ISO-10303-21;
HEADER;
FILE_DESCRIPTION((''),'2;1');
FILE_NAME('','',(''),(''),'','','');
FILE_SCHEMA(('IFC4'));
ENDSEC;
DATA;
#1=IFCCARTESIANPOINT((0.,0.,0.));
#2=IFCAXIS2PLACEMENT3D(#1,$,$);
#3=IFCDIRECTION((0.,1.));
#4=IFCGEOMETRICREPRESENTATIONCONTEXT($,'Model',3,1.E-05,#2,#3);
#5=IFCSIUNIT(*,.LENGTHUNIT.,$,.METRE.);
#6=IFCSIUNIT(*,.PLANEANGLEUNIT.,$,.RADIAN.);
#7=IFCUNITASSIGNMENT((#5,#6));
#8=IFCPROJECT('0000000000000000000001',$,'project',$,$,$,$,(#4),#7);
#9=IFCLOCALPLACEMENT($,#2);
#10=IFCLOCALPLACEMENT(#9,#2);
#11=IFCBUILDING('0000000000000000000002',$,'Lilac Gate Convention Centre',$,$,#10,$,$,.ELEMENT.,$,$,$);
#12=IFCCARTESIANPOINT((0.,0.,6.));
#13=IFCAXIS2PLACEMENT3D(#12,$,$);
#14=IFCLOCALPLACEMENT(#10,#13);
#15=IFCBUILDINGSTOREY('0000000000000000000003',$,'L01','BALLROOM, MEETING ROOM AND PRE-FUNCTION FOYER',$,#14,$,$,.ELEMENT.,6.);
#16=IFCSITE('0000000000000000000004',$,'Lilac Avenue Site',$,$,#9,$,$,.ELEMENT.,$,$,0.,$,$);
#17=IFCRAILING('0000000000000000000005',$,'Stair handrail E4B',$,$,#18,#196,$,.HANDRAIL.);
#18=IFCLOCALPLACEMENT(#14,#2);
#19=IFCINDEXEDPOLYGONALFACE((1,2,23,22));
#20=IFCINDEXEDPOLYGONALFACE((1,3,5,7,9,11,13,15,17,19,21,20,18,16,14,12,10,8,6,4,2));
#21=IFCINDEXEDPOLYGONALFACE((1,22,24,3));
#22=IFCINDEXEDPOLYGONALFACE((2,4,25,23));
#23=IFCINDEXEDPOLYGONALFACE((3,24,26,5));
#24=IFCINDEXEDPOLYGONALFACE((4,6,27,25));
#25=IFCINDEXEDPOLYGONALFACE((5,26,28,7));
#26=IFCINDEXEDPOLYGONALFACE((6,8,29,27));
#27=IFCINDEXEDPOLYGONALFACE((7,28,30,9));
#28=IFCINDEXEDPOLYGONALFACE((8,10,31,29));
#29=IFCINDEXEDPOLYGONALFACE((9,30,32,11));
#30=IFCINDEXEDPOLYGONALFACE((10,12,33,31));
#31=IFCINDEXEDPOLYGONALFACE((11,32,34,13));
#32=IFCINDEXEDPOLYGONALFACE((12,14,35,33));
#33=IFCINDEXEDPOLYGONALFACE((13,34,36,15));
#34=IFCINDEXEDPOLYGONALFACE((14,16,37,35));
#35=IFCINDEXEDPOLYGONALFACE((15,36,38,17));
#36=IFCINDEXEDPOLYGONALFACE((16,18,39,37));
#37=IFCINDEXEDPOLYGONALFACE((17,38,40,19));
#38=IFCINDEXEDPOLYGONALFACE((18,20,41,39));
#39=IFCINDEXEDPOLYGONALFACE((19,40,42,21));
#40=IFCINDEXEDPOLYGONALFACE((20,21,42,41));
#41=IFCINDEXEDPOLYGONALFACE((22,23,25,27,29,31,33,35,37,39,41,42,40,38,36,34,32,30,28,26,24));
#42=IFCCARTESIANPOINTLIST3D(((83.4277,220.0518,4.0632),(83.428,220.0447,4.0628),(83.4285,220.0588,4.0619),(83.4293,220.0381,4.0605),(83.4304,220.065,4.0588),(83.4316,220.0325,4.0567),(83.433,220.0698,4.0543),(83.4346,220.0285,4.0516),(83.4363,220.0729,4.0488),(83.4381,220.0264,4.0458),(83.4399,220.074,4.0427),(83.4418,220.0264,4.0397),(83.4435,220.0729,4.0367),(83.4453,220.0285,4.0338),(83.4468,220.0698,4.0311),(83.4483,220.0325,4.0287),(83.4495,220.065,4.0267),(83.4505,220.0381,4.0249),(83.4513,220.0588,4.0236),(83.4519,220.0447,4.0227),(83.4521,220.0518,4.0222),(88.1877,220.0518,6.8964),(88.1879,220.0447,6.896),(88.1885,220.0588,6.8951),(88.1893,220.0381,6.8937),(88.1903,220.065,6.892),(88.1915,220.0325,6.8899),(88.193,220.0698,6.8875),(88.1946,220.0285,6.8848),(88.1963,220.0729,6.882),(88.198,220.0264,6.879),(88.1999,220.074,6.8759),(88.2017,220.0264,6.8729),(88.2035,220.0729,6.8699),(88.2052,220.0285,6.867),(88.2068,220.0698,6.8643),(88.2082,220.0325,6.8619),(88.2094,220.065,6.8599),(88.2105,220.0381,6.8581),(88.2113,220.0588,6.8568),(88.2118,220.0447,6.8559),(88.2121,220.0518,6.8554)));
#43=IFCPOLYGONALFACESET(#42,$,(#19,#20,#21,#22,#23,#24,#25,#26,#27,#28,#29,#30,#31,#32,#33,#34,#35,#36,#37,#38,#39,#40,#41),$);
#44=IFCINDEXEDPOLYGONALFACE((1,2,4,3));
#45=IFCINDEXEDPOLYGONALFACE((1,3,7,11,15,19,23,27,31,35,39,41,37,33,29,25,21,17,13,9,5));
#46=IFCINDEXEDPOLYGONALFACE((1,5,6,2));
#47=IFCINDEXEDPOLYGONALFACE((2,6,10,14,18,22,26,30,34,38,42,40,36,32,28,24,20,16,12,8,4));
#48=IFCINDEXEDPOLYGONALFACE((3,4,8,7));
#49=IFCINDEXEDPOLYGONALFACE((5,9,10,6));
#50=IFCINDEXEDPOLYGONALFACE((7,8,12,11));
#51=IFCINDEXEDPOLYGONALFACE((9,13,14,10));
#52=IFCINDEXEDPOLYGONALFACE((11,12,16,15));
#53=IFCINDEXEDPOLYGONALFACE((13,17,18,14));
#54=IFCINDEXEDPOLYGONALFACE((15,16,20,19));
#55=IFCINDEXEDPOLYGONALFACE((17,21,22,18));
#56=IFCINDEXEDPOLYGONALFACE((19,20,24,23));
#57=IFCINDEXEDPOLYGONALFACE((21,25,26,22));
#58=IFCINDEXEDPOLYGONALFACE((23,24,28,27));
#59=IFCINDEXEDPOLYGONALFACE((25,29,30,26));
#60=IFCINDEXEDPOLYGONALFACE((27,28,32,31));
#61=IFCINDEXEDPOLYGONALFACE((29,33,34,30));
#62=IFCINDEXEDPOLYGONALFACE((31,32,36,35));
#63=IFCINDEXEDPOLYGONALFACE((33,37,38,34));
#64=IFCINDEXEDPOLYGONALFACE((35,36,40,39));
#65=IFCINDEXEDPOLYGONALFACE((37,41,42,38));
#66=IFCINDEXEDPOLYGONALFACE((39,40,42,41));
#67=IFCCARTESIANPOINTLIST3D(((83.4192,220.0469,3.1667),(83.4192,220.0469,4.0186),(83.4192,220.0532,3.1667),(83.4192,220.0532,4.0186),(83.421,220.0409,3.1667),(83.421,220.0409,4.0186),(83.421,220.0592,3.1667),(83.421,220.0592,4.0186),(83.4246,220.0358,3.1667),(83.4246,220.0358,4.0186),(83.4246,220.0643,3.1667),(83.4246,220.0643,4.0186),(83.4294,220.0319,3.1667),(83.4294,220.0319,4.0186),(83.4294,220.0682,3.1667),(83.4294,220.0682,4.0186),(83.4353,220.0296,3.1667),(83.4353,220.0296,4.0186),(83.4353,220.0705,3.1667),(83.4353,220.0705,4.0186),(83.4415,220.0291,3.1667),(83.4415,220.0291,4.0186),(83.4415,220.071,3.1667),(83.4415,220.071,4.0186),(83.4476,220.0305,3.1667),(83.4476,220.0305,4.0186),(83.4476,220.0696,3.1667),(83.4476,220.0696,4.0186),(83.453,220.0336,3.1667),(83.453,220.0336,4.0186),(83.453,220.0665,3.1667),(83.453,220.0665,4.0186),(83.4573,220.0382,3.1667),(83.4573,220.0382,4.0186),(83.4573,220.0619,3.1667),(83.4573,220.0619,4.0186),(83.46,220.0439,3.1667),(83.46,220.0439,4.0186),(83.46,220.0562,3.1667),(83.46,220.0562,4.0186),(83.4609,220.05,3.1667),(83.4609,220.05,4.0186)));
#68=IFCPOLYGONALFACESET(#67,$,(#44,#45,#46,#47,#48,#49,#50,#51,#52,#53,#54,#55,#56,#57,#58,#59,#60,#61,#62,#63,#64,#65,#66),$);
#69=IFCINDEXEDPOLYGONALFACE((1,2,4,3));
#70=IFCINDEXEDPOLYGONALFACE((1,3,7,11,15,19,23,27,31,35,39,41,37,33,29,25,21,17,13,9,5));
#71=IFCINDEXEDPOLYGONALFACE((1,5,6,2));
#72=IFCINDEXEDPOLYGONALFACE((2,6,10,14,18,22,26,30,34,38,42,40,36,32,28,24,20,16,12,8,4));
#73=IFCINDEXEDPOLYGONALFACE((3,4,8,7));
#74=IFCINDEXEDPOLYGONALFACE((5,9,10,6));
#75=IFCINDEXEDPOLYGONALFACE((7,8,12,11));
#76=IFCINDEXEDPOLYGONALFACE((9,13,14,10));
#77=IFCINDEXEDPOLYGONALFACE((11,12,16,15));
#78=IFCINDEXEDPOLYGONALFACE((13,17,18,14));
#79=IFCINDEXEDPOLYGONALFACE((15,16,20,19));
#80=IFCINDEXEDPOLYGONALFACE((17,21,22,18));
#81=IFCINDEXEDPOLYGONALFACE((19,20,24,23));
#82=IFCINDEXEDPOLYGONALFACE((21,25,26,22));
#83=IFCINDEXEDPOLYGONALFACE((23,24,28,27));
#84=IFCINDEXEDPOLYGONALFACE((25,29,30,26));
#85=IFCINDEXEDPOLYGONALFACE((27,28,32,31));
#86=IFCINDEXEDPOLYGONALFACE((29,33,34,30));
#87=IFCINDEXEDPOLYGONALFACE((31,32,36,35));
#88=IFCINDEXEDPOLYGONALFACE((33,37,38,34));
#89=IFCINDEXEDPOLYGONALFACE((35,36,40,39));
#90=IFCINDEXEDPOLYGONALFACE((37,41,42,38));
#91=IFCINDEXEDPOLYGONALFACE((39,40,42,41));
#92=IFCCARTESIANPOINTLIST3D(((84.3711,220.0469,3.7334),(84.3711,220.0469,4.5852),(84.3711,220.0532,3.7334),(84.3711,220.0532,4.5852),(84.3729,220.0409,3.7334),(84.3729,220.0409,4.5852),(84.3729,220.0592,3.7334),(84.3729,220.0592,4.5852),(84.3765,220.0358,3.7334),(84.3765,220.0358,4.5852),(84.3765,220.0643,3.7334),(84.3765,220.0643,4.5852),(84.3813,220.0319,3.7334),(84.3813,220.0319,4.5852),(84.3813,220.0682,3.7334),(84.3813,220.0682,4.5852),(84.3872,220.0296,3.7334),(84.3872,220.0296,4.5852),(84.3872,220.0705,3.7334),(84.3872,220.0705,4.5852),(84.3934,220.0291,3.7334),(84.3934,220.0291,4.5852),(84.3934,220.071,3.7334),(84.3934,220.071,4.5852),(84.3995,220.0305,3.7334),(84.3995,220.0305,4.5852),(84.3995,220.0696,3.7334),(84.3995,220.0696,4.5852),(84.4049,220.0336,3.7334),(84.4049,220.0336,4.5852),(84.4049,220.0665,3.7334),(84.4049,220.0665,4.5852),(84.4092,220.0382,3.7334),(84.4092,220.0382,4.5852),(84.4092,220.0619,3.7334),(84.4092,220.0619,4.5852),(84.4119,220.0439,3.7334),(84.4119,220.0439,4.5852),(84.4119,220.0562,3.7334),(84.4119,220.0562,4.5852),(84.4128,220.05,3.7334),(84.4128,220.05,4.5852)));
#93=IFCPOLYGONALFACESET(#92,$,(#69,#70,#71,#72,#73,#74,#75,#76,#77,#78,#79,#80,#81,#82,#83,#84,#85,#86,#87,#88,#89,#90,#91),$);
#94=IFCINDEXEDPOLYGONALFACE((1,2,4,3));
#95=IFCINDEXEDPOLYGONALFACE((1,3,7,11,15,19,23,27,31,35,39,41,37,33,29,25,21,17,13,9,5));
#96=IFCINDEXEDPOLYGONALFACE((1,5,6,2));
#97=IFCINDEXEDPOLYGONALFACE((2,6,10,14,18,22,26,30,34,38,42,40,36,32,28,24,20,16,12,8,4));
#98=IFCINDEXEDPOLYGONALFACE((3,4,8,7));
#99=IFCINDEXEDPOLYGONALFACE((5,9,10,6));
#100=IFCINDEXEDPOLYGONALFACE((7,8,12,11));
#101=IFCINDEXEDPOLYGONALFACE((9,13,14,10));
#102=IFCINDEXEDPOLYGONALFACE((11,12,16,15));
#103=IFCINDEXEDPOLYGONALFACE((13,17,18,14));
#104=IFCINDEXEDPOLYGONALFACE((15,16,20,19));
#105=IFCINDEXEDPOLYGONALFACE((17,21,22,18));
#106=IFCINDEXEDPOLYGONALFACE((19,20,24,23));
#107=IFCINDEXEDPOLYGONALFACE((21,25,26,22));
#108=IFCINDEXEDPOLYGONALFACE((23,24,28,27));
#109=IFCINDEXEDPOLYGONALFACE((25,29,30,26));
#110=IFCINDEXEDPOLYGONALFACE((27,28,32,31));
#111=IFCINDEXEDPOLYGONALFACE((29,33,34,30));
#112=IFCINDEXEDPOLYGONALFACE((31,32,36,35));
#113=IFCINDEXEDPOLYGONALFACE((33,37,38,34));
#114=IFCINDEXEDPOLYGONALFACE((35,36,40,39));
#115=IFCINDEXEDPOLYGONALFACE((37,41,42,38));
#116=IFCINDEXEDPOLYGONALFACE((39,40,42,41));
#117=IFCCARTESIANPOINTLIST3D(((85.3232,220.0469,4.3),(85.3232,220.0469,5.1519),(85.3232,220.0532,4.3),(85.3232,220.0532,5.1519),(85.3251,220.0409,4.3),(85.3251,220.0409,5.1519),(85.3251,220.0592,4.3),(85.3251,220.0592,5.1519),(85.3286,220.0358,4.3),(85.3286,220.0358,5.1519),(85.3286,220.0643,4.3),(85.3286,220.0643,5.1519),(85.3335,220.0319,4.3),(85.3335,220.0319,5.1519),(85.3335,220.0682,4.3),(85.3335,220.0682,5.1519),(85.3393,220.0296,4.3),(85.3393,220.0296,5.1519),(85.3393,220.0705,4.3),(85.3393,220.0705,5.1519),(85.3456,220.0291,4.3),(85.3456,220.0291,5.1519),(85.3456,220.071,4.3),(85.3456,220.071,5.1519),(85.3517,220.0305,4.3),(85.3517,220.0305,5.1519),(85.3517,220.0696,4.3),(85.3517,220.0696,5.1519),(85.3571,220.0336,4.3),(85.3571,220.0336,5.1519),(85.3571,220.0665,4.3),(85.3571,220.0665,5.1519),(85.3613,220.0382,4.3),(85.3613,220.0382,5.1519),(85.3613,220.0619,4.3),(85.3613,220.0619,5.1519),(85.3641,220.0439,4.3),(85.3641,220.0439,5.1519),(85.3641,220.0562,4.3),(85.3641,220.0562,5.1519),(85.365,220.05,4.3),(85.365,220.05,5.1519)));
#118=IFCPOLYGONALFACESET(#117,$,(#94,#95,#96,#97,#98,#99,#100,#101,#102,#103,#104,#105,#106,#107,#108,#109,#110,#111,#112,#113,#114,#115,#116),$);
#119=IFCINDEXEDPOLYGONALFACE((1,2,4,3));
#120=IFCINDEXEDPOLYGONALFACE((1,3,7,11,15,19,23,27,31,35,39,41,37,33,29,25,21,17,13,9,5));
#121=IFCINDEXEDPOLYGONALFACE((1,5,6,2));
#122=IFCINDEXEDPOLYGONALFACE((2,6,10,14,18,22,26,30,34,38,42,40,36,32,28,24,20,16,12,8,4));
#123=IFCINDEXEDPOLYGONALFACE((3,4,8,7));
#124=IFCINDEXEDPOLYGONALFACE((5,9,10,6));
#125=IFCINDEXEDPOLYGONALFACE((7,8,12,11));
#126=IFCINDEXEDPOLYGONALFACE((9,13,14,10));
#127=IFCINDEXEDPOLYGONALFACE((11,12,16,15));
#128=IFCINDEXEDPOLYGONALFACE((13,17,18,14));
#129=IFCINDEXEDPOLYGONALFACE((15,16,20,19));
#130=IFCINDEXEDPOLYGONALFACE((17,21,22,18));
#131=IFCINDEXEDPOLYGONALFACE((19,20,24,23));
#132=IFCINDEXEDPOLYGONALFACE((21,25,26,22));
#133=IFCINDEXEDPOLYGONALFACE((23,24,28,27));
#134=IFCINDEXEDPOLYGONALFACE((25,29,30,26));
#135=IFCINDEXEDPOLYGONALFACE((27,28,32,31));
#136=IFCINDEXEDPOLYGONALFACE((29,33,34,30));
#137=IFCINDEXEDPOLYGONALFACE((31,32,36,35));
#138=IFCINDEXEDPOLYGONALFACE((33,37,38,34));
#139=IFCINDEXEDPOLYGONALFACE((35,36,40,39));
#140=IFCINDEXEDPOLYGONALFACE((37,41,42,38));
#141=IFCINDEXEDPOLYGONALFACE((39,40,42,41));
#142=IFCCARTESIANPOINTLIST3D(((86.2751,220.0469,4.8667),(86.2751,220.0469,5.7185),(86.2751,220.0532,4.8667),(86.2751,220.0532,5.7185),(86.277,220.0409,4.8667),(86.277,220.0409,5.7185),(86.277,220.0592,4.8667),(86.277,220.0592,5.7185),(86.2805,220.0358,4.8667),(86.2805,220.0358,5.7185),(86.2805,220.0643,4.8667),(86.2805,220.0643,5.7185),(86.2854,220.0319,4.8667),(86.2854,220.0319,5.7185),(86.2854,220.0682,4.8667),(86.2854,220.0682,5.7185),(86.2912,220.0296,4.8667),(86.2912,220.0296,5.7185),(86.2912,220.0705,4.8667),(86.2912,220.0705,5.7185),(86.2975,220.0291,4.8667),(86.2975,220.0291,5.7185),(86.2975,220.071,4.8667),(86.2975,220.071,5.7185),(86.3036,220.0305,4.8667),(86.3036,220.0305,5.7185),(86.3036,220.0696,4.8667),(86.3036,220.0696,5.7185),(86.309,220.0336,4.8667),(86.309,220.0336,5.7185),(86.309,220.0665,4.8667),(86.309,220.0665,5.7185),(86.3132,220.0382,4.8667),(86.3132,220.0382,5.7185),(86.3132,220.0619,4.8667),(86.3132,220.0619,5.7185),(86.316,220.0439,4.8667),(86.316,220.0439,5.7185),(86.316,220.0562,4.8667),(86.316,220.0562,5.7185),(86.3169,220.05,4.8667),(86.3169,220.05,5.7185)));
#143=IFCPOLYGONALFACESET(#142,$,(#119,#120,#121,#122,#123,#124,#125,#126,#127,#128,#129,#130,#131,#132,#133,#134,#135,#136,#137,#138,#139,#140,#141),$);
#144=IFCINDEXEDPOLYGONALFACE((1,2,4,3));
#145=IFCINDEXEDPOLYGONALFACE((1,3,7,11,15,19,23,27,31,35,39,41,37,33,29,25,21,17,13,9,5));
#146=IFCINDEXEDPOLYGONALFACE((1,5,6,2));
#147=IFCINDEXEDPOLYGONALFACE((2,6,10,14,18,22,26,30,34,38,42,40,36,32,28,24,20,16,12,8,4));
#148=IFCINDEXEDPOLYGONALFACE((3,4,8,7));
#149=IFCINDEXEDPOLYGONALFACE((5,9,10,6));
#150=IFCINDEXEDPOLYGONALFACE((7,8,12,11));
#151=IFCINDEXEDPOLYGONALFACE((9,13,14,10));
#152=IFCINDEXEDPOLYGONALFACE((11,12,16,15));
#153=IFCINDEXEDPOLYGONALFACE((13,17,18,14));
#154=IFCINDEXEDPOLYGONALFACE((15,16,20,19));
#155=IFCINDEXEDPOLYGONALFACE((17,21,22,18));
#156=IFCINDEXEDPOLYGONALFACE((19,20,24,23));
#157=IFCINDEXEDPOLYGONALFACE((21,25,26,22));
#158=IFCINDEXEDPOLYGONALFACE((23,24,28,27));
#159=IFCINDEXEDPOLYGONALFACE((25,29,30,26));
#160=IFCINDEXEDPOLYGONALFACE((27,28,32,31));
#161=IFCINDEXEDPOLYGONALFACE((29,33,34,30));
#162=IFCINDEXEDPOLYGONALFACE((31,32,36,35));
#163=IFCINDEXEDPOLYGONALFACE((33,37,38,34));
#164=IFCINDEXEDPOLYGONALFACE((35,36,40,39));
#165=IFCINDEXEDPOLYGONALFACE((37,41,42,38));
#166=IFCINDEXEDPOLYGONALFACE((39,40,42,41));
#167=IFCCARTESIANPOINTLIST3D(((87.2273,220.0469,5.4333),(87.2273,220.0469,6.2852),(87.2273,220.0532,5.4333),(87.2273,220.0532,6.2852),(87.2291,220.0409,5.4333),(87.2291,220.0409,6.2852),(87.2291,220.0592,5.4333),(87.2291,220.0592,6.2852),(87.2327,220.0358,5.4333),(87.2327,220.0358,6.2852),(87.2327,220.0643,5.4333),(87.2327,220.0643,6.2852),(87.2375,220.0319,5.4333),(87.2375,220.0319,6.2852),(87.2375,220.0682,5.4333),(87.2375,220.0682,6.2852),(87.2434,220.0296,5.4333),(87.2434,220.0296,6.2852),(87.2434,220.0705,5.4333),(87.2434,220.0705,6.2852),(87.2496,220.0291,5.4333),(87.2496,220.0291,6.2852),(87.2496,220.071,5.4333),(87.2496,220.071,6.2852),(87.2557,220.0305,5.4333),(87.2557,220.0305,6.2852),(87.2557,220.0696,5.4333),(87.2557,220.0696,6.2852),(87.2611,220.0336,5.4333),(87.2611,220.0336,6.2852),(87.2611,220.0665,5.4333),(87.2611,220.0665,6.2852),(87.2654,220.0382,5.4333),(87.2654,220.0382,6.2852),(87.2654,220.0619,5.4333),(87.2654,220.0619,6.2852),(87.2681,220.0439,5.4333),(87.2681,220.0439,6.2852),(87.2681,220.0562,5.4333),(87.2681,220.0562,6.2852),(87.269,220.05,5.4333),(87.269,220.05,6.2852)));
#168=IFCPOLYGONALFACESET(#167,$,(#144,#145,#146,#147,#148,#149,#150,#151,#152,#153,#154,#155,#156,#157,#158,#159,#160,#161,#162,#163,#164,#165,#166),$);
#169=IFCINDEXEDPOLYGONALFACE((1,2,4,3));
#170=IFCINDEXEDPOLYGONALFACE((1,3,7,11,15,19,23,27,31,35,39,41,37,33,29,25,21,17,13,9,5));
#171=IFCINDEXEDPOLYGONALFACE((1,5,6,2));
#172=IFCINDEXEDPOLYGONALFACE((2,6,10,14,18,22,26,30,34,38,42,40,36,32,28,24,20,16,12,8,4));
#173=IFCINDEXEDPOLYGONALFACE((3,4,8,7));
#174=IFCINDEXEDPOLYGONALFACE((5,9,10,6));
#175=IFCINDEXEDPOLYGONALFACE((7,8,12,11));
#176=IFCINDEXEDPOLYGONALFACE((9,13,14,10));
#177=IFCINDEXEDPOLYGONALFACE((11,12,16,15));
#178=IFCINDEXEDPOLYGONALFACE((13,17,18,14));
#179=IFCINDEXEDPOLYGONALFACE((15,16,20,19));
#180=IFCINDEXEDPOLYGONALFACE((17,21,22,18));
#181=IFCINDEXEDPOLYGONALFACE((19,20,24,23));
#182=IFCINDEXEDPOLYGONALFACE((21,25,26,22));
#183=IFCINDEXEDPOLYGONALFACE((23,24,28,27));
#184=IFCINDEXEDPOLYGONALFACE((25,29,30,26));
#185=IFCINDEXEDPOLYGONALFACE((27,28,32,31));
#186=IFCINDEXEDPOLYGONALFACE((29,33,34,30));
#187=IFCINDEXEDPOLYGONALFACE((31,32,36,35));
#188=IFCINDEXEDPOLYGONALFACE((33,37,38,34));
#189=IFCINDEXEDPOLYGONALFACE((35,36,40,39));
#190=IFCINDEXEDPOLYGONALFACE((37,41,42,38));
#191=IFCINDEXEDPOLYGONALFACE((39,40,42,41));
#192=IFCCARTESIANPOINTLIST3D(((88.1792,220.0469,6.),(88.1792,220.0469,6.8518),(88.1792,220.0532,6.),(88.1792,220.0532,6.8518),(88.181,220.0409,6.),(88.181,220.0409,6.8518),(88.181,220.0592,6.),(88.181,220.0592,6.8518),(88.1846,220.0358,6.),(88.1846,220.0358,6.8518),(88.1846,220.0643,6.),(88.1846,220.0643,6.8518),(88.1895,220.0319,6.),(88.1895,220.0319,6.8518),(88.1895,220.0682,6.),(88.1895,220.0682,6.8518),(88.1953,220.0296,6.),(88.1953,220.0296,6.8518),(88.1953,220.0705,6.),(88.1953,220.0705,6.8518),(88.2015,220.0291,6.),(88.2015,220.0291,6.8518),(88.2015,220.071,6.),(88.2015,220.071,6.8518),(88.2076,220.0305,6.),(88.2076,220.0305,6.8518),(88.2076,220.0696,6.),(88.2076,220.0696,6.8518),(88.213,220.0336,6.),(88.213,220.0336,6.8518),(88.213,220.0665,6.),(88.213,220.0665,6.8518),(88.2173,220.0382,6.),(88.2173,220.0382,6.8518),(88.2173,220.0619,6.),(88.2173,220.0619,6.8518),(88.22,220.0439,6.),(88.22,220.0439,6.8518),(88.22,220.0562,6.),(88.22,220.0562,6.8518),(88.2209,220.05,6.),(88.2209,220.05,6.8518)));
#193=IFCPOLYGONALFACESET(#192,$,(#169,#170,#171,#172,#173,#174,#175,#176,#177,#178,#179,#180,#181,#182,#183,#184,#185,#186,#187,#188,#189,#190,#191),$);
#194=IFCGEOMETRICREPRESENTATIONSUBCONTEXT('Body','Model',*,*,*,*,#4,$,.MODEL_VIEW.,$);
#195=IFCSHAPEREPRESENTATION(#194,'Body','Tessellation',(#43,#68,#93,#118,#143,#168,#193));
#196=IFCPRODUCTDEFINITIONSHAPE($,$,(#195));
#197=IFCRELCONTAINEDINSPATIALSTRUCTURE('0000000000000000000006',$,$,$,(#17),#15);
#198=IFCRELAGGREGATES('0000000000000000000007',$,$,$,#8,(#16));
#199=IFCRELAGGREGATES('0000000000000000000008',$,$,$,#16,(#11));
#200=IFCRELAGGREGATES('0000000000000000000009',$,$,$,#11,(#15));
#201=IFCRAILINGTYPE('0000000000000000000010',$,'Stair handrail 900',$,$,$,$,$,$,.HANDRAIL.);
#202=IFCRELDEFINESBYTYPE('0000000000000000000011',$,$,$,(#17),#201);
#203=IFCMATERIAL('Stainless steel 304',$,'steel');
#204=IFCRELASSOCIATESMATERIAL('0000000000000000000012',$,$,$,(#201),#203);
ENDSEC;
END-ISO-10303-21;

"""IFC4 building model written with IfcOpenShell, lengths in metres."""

from ifc_helpers import new_model, si_unit, direction, frame, origin, origin_2d, place, context, subcontext, project, spatial, circle, extrude, material, type_object, element, save


model = new_model("IFC4")

# Units and contexts
model_context = context("Model", 3, precision=1e-05, world=origin(), true_north=direction((0.0, 1.0)))
body_context = subcontext(model_context, "Body", "Model", "MODEL_VIEW")
ifc_project = project(units=[si_unit("LENGTHUNIT", "METRE"), si_unit("PLANEANGLEUNIT", "RADIAN")], contexts=[model_context])

# Site, building, storey
site_placement = place(None, origin())
site = spatial("IfcSite", under=ifc_project, at=site_placement, Name="Lilac Avenue Site", CompositionType="ELEMENT", RefElevation=0.0)
building_placement = place(site_placement, origin())
building = spatial("IfcBuilding", under=site, at=building_placement, Name="Lilac Gate Convention Centre", CompositionType="ELEMENT")
storey_placement = place(building_placement, frame((0.0, 0.0, 6.0)))
storey = spatial("IfcBuildingStorey", under=building, at=storey_placement, Name="L01", Description="BALLROOM, MEETING ROOM AND PRE-FUNCTION FOYER", CompositionType="ELEMENT", Elevation=6.0)

# Railing
ifc_material_1 = material(Name="Stainless steel 304", Category="steel")
railing_type = type_object("IfcRailingType", Name="Stair handrail 900", PredefinedType="HANDRAIL", material=ifc_material_1)
for number, where, name in (
    (1, (83.4399, 220.05, 3.1667), "Stair handrail E4B"),
):
    element("IfcRailing", number, at=place(storey_placement, frame(where)), inside=storey, type_object=railing_type, Name=name, PredefinedType="HANDRAIL", context=body_context, shape_type="SweptSolid", body=[
        extrude(circle(Radius=0.0239, at=origin_2d()), frame((0.0, 0.0, 0.876), z_axis=(0.8593, 0.0, 0.511472), x_axis=(0.0, 1.0, 0.0)), (0.0, 0.0, 1.0), 5.5393),
        extrude(circle(Radius=0.021, at=origin_2d()), origin(), (0.0, 0.0, 1.0), 0.8518),
        extrude(circle(Radius=0.021, at=origin_2d()), frame((0.9519, 0.0, 0.5667)), (0.0, 0.0, 1.0), 0.8518),
        extrude(circle(Radius=0.021, at=origin_2d()), frame((1.9041, 0.0, 1.1333)), (0.0, 0.0, 1.0), 0.8518),
        extrude(circle(Radius=0.021, at=origin_2d()), frame((2.856, 0.0, 1.7)), (0.0, 0.0, 1.0), 0.8518),
        extrude(circle(Radius=0.021, at=origin_2d()), frame((3.8081, 0.0, 2.2666)), (0.0, 0.0, 1.0), 0.8518),
        extrude(circle(Radius=0.021, at=origin_2d()), frame((4.76, 0.0, 2.8333)), (0.0, 0.0, 1.0), 0.8518),
    ])

save(model, "model.ifc")
